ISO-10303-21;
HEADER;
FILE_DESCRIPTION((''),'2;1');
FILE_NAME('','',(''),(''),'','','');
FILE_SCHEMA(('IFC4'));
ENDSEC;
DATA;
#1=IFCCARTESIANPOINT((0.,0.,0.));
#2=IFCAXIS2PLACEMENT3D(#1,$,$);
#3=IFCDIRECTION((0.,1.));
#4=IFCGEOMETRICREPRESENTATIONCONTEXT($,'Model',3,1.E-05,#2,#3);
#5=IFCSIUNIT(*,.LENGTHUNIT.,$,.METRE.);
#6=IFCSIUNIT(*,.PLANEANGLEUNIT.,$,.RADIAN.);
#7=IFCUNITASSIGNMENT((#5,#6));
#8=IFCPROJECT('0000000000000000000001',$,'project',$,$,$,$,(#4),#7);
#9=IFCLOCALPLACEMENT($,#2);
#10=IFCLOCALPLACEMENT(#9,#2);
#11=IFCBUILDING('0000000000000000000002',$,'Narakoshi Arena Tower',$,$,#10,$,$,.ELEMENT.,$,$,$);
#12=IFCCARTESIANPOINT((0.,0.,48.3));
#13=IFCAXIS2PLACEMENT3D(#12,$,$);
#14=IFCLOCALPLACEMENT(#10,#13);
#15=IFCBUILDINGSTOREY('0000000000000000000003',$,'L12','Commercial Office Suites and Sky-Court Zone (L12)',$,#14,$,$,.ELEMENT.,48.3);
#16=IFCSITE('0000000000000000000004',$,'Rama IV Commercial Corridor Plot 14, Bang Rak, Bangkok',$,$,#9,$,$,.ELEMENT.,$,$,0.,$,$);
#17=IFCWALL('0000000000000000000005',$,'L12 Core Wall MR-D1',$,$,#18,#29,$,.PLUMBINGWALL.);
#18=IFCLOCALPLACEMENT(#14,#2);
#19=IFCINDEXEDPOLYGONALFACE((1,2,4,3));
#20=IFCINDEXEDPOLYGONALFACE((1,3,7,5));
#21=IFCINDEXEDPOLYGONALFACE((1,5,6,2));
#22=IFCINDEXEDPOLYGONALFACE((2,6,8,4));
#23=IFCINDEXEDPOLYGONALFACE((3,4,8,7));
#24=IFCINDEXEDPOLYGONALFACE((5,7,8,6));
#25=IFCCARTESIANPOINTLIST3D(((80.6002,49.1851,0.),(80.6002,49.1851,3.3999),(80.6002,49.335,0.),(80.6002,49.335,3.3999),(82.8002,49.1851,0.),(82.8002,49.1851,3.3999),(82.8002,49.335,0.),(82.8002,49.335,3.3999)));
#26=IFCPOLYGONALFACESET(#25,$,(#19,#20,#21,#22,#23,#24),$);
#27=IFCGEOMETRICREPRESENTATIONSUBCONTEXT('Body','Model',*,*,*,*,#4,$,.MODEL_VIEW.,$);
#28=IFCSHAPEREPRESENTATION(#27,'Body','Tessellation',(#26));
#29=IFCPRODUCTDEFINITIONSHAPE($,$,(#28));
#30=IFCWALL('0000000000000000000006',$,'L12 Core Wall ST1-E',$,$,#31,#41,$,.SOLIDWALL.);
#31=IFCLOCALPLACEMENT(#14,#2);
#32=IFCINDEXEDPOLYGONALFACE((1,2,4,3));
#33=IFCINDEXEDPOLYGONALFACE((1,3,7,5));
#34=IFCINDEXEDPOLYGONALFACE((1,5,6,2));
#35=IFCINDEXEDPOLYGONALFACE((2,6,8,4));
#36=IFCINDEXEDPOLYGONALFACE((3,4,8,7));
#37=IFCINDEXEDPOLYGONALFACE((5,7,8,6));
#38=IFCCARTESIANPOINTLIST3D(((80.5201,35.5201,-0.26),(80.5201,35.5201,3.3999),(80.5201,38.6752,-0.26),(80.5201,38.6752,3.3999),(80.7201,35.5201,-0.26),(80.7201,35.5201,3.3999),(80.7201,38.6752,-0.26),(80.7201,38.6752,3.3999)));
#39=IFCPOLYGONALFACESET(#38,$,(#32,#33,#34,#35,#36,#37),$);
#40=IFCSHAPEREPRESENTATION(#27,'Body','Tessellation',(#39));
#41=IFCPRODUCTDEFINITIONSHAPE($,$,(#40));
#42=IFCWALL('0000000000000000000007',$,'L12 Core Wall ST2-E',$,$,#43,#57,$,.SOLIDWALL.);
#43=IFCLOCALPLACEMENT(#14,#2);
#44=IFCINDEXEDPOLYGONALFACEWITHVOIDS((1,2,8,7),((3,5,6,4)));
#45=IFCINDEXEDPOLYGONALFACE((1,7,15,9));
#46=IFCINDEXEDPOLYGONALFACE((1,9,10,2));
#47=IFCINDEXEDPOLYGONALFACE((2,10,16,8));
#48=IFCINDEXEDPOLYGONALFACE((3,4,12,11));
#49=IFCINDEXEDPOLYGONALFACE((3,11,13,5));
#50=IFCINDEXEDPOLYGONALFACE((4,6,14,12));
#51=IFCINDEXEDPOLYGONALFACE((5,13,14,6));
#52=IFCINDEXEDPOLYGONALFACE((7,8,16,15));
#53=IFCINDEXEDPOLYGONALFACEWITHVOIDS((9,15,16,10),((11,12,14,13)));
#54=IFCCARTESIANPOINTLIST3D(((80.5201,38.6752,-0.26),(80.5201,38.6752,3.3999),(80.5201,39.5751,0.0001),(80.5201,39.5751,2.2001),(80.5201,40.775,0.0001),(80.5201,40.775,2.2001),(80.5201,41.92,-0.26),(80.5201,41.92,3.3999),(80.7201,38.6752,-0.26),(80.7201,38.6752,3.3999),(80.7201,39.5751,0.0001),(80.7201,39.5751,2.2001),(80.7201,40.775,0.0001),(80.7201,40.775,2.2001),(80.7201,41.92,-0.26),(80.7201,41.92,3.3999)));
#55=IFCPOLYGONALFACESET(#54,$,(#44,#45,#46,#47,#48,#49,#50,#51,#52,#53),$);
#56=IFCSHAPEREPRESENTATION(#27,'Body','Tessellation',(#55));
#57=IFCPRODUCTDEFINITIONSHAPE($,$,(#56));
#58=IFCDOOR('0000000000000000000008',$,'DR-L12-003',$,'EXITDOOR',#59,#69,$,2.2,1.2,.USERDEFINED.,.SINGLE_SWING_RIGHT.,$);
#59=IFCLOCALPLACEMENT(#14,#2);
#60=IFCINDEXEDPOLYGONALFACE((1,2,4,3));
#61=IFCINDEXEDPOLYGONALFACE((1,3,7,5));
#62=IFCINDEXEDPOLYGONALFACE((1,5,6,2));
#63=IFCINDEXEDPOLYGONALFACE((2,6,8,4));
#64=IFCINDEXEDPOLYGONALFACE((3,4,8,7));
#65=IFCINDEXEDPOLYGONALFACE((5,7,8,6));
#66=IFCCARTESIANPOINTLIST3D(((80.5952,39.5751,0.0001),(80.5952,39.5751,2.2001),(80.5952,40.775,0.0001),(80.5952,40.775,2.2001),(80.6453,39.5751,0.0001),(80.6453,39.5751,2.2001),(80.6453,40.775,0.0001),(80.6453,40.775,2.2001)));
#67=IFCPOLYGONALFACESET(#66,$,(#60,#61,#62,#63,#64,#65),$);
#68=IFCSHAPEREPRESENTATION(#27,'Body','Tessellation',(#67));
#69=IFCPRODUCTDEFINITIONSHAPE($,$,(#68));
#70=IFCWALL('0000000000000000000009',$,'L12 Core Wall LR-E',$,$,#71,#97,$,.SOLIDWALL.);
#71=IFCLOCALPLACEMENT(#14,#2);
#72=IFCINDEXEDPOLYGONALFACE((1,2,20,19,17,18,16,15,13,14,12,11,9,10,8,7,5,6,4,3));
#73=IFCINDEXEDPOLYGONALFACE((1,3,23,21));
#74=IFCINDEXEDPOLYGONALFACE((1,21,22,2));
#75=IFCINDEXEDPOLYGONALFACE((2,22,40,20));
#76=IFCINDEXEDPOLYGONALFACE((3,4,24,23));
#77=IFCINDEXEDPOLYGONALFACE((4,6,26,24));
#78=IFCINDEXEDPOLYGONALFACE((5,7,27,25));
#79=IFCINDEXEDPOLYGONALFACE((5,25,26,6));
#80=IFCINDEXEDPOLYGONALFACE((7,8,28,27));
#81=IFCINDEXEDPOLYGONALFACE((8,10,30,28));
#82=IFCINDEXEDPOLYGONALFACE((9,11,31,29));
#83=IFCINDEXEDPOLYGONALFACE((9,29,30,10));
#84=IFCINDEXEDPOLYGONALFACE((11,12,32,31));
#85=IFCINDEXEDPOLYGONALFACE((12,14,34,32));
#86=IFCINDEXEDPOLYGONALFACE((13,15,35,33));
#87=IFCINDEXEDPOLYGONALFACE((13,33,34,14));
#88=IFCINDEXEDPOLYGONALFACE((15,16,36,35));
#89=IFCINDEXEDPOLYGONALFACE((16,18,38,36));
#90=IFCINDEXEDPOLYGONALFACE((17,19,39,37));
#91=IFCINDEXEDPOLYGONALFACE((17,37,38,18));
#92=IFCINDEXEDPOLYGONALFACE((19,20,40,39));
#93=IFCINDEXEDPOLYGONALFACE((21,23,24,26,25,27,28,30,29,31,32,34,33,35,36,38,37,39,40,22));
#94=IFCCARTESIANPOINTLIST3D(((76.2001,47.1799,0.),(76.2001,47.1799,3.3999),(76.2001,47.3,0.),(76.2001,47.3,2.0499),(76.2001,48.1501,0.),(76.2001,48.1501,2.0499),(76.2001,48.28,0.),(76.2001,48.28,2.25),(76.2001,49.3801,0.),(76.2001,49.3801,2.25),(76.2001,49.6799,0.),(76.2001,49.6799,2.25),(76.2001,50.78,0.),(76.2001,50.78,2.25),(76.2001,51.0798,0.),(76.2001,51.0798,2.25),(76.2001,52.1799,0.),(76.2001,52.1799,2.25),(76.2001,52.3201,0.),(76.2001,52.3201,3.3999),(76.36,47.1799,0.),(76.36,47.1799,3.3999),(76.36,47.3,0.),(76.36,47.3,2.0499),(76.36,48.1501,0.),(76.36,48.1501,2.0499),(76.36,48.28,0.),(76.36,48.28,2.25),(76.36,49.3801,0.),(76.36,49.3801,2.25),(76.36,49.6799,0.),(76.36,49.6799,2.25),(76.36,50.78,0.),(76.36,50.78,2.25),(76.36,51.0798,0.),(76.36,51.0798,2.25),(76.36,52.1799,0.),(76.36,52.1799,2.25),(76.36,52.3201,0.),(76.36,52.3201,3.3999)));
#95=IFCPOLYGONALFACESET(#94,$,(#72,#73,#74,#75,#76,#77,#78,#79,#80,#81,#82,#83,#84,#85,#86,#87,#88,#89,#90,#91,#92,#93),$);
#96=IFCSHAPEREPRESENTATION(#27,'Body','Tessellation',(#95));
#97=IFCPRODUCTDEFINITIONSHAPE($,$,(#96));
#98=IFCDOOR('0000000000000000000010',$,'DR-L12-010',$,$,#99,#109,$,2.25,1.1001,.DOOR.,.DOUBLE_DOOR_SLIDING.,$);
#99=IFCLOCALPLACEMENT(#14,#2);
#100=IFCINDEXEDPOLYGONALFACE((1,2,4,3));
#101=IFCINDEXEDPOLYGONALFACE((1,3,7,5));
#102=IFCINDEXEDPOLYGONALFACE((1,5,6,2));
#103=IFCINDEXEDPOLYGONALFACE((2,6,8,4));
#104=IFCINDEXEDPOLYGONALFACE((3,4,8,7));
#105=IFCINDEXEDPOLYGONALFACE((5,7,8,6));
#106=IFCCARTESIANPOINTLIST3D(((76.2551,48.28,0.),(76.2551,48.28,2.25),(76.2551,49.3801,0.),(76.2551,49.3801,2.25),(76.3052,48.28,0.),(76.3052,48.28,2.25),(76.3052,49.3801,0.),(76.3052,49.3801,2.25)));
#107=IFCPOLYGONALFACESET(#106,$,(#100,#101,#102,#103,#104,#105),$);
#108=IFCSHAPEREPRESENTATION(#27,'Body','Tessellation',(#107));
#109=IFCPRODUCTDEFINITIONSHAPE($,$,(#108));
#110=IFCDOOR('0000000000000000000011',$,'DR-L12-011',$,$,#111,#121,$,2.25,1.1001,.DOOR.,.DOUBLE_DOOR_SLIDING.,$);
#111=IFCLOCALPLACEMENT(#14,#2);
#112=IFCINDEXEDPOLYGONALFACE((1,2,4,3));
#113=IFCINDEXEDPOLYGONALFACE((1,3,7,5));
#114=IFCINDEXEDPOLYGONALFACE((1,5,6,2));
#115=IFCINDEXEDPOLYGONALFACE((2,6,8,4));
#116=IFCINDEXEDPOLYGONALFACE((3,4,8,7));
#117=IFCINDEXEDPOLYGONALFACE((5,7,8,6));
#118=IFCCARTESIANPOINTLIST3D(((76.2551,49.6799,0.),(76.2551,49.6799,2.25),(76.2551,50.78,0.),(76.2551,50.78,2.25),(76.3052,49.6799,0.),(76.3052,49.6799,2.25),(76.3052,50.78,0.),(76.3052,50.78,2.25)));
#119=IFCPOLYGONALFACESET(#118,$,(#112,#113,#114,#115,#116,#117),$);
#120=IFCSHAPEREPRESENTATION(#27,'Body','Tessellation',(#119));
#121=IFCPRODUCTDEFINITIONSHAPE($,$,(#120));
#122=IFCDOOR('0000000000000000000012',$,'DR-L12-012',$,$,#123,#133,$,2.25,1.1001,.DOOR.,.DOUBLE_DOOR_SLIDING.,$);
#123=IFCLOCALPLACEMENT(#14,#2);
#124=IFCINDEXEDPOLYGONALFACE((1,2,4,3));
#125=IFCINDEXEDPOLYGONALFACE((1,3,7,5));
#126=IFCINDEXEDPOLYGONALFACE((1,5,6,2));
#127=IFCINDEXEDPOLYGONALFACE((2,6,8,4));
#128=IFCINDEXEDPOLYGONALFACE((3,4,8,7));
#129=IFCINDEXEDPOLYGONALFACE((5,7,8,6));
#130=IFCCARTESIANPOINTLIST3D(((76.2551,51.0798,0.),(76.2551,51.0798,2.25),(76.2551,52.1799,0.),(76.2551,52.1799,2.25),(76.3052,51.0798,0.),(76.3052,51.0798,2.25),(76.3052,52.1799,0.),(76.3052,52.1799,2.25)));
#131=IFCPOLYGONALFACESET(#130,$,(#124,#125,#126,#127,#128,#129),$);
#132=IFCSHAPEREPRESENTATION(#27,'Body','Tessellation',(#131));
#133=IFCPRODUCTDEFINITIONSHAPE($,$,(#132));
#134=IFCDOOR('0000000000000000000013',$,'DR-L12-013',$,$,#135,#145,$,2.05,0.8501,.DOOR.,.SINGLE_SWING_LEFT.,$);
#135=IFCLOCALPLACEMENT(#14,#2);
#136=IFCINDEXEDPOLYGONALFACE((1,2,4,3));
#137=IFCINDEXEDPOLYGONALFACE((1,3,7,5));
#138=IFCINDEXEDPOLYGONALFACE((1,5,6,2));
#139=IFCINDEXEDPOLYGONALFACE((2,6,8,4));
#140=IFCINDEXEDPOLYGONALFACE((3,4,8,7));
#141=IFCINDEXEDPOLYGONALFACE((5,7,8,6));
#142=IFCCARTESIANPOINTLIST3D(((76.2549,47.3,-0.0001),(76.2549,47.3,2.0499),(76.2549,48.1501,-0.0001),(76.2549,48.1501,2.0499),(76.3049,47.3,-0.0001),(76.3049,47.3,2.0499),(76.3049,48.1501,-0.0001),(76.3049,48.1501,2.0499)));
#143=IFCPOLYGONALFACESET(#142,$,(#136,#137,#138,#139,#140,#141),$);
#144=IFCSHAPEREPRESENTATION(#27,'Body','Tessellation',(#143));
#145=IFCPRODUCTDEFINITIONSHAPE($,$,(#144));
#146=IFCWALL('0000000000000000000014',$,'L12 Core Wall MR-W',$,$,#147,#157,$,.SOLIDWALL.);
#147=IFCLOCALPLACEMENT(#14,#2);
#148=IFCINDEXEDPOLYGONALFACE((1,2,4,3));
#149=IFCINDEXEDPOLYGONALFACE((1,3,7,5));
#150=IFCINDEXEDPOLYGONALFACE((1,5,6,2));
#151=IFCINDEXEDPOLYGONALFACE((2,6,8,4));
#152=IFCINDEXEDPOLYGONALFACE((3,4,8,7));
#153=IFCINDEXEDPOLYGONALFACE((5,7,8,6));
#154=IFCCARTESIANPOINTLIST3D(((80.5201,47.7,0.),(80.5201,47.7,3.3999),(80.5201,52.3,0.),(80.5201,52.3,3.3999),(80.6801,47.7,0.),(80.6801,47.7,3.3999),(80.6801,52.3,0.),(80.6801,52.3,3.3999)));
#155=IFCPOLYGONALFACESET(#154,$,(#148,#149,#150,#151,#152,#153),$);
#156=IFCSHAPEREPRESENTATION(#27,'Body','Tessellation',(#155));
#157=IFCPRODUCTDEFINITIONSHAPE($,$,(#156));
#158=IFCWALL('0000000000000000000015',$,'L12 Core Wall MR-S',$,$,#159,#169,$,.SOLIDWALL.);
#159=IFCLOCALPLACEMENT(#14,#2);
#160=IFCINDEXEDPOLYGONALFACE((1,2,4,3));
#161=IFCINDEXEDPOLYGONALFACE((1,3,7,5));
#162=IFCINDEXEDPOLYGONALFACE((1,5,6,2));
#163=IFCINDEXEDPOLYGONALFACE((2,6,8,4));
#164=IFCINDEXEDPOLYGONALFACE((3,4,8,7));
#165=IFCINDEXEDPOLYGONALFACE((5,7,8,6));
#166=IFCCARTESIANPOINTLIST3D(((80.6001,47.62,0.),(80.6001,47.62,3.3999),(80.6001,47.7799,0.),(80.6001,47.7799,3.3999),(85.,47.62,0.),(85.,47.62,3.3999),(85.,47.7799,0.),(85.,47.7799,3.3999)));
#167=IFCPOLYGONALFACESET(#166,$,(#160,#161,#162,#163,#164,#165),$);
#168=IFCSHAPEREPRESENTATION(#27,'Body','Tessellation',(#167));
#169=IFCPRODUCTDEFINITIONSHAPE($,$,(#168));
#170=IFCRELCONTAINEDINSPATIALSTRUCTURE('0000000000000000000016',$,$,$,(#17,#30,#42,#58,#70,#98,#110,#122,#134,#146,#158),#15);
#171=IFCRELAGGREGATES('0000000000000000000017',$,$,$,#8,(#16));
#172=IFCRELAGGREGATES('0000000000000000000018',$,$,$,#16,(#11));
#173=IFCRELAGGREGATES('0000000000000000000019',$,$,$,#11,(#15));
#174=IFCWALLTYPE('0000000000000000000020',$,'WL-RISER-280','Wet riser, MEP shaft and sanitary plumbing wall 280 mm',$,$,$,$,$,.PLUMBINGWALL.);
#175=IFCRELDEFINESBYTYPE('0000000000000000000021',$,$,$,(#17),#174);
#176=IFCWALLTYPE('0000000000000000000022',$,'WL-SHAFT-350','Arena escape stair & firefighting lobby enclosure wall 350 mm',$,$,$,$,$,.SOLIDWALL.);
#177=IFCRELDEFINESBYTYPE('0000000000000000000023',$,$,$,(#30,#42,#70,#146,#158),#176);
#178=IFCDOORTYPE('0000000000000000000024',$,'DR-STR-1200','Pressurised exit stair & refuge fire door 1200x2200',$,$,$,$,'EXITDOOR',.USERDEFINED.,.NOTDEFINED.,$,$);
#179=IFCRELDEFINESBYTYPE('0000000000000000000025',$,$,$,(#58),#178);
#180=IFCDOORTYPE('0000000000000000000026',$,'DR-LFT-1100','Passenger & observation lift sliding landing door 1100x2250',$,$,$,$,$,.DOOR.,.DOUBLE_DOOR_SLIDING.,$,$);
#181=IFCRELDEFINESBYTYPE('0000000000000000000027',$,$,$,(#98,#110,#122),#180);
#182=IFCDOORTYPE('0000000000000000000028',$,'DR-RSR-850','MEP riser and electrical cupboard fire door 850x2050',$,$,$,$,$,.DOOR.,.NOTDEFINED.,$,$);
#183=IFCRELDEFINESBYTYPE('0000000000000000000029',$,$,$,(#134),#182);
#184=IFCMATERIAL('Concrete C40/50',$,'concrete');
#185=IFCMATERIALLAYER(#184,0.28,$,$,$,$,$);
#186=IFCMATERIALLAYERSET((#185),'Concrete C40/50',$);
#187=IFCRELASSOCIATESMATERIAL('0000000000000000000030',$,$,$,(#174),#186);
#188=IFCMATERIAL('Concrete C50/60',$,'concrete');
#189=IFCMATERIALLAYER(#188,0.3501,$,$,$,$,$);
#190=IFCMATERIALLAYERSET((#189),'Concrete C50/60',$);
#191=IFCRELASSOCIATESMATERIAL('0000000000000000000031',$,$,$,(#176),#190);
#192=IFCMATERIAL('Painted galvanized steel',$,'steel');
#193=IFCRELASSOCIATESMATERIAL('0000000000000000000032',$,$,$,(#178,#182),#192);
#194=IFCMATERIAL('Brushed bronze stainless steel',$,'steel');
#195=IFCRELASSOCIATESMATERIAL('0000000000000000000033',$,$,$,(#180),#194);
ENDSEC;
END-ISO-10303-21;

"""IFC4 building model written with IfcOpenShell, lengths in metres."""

from ifc_helpers import new_model, si_unit, direction, frame, frame_2d, origin, place, context, subcontext, project, spatial, rectangle, extrude, material, layer, layer_set, type_object, element, fill, save


model = new_model("IFC4")

# Units and contexts
model_context = context("Model", 3, precision=1e-05, world=origin(), true_north=direction((0.0, 1.0)))
body_context = subcontext(model_context, "Body", "Model", "MODEL_VIEW")
ifc_project = project(units=[si_unit("LENGTHUNIT", "METRE"), si_unit("PLANEANGLEUNIT", "RADIAN")], contexts=[model_context])

# Site, building, storey
site_placement = place(None, origin())
site = spatial("IfcSite", under=ifc_project, at=site_placement, Name="Rama IV Commercial Corridor Plot 14, Bang Rak, Bangkok", CompositionType="ELEMENT", RefElevation=0.0)
building_placement = place(site_placement, origin())
building = spatial("IfcBuilding", under=site, at=building_placement, Name="Narakoshi Arena Tower", CompositionType="ELEMENT")
storey_placement = place(building_placement, frame((0.0, 0.0, 48.3)))
storey = spatial("IfcBuildingStorey", under=building, at=storey_placement, Name="L12", Description="Commercial Office Suites and Sky-Court Zone (L12)", CompositionType="ELEMENT", Elevation=48.3)

# Walls
ifc_material_1 = material(Name="Concrete C40/50", Category="concrete")
ifc_layer_1 = layer(ifc_material_1, 0.28)
ifc_layer_set_1 = layer_set([ifc_layer_1], Name="Concrete C40/50")
wall_type_1 = type_object("IfcWallType", Name="WL-RISER-280", Description="Wet riser, MEP shaft and sanitary plumbing wall 280 mm", PredefinedType="PLUMBINGWALL", material=ifc_layer_set_1)
wall_1_placement = place(storey_placement, frame((80.6001, 49.26, 0.0), z_axis=(0.0, 0.0, 1.0), x_axis=(1.0, 0.0, 0.0)))
element("IfcWall", 1, at=wall_1_placement, inside=storey, type_object=wall_type_1, Name="L12 Core Wall MR-D1", PredefinedType="PLUMBINGWALL", context=body_context, shape_type="SweptSolid", body=[
    extrude(rectangle(XDim=2.2, YDim=0.1499, at=frame_2d((1.1001, 0.0))), origin(), (0.0, 0.0, 1.0), 3.3999),
])
ifc_material_2 = material(Name="Concrete C50/60", Category="concrete")
ifc_layer_2 = layer(ifc_material_2, 0.3501)
ifc_layer_set_2 = layer_set([ifc_layer_2], Name="Concrete C50/60")
wall_type_2 = type_object("IfcWallType", Name="WL-SHAFT-350", Description="Arena escape stair & firefighting lobby enclosure wall 350 mm", PredefinedType="SOLIDWALL", material=ifc_layer_set_2)
wall_2_placement = place(storey_placement, frame((80.6201, 35.52, -0.26), z_axis=(0.0, 0.0, 1.0), x_axis=(0.0, 1.0, 0.0)))
element("IfcWall", 2, at=wall_2_placement, inside=storey, type_object=wall_type_2, Name="L12 Core Wall ST1-E", PredefinedType="SOLIDWALL", context=body_context, shape_type="SweptSolid", body=[
    extrude(rectangle(XDim=3.155, YDim=0.2, at=frame_2d((1.5776, 0.0))), origin(), (0.0, 0.0, 1.0), 3.6599),
])

# Wall, opening, door
wall_3_placement = place(storey_placement, frame((80.6201, 38.675, -0.26), z_axis=(0.0, 0.0, 1.0), x_axis=(0.0, 1.0, 0.0)))
wall_3 = element("IfcWall", 3, at=wall_3_placement, inside=storey, type_object=wall_type_2, Name="L12 Core Wall ST2-E", PredefinedType="SOLIDWALL", context=body_context, shape_type="SweptSolid", body=[
    extrude(rectangle(XDim=3.2449, YDim=0.2, at=frame_2d((1.6226, 0.0))), origin(), (0.0, 0.0, 1.0), 3.6599),
])
opening_1_placement = place(wall_3_placement, frame((0.8999, 0.0, 0.26)))
opening_1 = element("IfcOpeningElement", 4, at=opening_1_placement, cuts=wall_3, PredefinedType="OPENING", context=body_context, shape_type="SweptSolid", body=[
    extrude(rectangle(XDim=1.2, YDim=2.2, at=frame_2d((0.6001, 1.1001))), frame((0.0, 0.1099, 0.0), z_axis=(0.0, -1.0, 0.0), x_axis=(1.0, 0.0, 0.0)), (0.0, 0.0, 1.0), 0.22),
])
ifc_material_3 = material(Name="Painted galvanized steel", Category="steel")
door_type_1 = type_object("IfcDoorType", Name="DR-STR-1200", Description="Pressurised exit stair & refuge fire door 1200x2200", ElementType="EXITDOOR", OperationType="NOTDEFINED", PredefinedType="USERDEFINED", material=ifc_material_3)
door_1_placement = place(opening_1_placement, origin())
door_1 = element("IfcDoor", 5, at=door_1_placement, inside=storey, type_object=door_type_1, Name="DR-L12-003", ObjectType="EXITDOOR", OperationType="SINGLE_SWING_RIGHT", OverallHeight=2.2, OverallWidth=1.2, PredefinedType="USERDEFINED", context=body_context, shape_type="SweptSolid", body=[
    extrude(rectangle(XDim=1.2, YDim=2.2, at=frame_2d((0.6001, 1.1001))), frame((0.0, 0.0249, 0.0), z_axis=(0.0, -1.0, 0.0), x_axis=(1.0, 0.0, 0.0)), (0.0, 0.0, 1.0), 0.05),
])
fill(opening_1, door_1)

# Wall, openings, doors
wall_4_placement = place(storey_placement, frame((76.28, 47.1799, 0.0), z_axis=(0.0, 0.0, 1.0), x_axis=(0.0, 1.0, 0.0)))
wall_4 = element("IfcWall", 6, at=wall_4_placement, inside=storey, type_object=wall_type_2, Name="L12 Core Wall LR-E", PredefinedType="SOLIDWALL", context=body_context, shape_type="SweptSolid", body=[
    extrude(rectangle(XDim=5.1401, YDim=0.1599, at=frame_2d((2.5701, 0.0))), origin(), (0.0, 0.0, 1.0), 3.3999),
])
opening_2_placement = place(wall_4_placement, frame((1.1001, 0.0, 0.0)))
opening_2 = element("IfcOpeningElement", 7, at=opening_2_placement, cuts=wall_4, PredefinedType="OPENING", context=body_context, shape_type="SweptSolid", body=[
    extrude(rectangle(XDim=1.1001, YDim=2.25, at=frame_2d((0.55, 1.125))), frame((0.0, 0.0898, 0.0), z_axis=(0.0, -1.0, 0.0), x_axis=(1.0, 0.0, 0.0)), (0.0, 0.0, 1.0), 0.1799),
])
opening_3_placement = place(wall_4_placement, frame((2.5, 0.0, 0.0)))
opening_3 = element("IfcOpeningElement", 8, at=opening_3_placement, cuts=wall_4, PredefinedType="OPENING", context=body_context, shape_type="SweptSolid", body=[
    extrude(rectangle(XDim=1.1001, YDim=2.25, at=frame_2d((0.55, 1.125))), frame((0.0, 0.0898, 0.0), z_axis=(0.0, -1.0, 0.0), x_axis=(1.0, 0.0, 0.0)), (0.0, 0.0, 1.0), 0.1799),
])
opening_4_placement = place(wall_4_placement, frame((3.8999, 0.0, 0.0)))
opening_4 = element("IfcOpeningElement", 9, at=opening_4_placement, cuts=wall_4, PredefinedType="OPENING", context=body_context, shape_type="SweptSolid", body=[
    extrude(rectangle(XDim=1.1001, YDim=2.25, at=frame_2d((0.55, 1.125))), frame((0.0, 0.0898, 0.0), z_axis=(0.0, -1.0, 0.0), x_axis=(1.0, 0.0, 0.0)), (0.0, 0.0, 1.0), 0.1799),
])
opening_5_placement = place(wall_4_placement, frame((0.1201, 0.0, 0.0)))
opening_5 = element("IfcOpeningElement", 10, at=opening_5_placement, cuts=wall_4, PredefinedType="OPENING", context=body_context, shape_type="SweptSolid", body=[
    extrude(rectangle(XDim=0.8501, YDim=2.05, at=frame_2d((0.425, 1.0249))), frame((0.0, 0.0898, 0.0), z_axis=(0.0, -1.0, 0.0), x_axis=(1.0, 0.0, 0.0)), (0.0, 0.0, 1.0), 0.1799),
])
ifc_material_4 = material(Name="Brushed bronze stainless steel", Category="steel")
door_type_2 = type_object("IfcDoorType", Name="DR-LFT-1100", Description="Passenger & observation lift sliding landing door 1100x2250", OperationType="DOUBLE_DOOR_SLIDING", PredefinedType="DOOR", material=ifc_material_4)
door_2_placement = place(opening_2_placement, origin())
door_2 = element("IfcDoor", 11, at=door_2_placement, inside=storey, type_object=door_type_2, Name="DR-L12-010", OperationType="DOUBLE_DOOR_SLIDING", OverallHeight=2.25, OverallWidth=1.1001, PredefinedType="DOOR", context=body_context, shape_type="SweptSolid", body=[
    extrude(rectangle(XDim=1.1001, YDim=2.25, at=frame_2d((0.55, 1.125))), frame((0.0, 0.0249, 0.0), z_axis=(0.0, -1.0, 0.0), x_axis=(1.0, 0.0, 0.0)), (0.0, 0.0, 1.0), 0.05),
])
fill(opening_2, door_2)
door_3_placement = place(opening_3_placement, origin())
door_3 = element("IfcDoor", 12, at=door_3_placement, inside=storey, type_object=door_type_2, Name="DR-L12-011", OperationType="DOUBLE_DOOR_SLIDING", OverallHeight=2.25, OverallWidth=1.1001, PredefinedType="DOOR", context=body_context, shape_type="SweptSolid", body=[
    extrude(rectangle(XDim=1.1001, YDim=2.25, at=frame_2d((0.55, 1.125))), frame((0.0, 0.0249, 0.0), z_axis=(0.0, -1.0, 0.0), x_axis=(1.0, 0.0, 0.0)), (0.0, 0.0, 1.0), 0.05),
])
fill(opening_3, door_3)
door_4_placement = place(opening_4_placement, origin())
door_4 = element("IfcDoor", 13, at=door_4_placement, inside=storey, type_object=door_type_2, Name="DR-L12-012", OperationType="DOUBLE_DOOR_SLIDING", OverallHeight=2.25, OverallWidth=1.1001, PredefinedType="DOOR", context=body_context, shape_type="SweptSolid", body=[
    extrude(rectangle(XDim=1.1001, YDim=2.25, at=frame_2d((0.55, 1.125))), frame((0.0, 0.0249, 0.0), z_axis=(0.0, -1.0, 0.0), x_axis=(1.0, 0.0, 0.0)), (0.0, 0.0, 1.0), 0.05),
])
fill(opening_4, door_4)
door_type_3 = type_object("IfcDoorType", Name="DR-RSR-850", Description="MEP riser and electrical cupboard fire door 850x2050", OperationType="NOTDEFINED", PredefinedType="DOOR", material=ifc_material_3)
door_5_placement = place(opening_5_placement, frame((0.8501, 0.0, 0.0), z_axis=(0.0, 0.0, 1.0), x_axis=(-1.0, 0.0, 0.0)))
door_5 = element("IfcDoor", 14, at=door_5_placement, inside=storey, type_object=door_type_3, Name="DR-L12-013", OperationType="SINGLE_SWING_LEFT", OverallHeight=2.05, OverallWidth=0.8501, PredefinedType="DOOR", context=body_context, shape_type="SweptSolid", body=[
    extrude(rectangle(XDim=0.8501, YDim=2.05, at=frame_2d((0.425, 1.0249))), frame((0.0, 0.0249, 0.0), z_axis=(0.0, -1.0, 0.0), x_axis=(1.0, 0.0, 0.0)), (0.0, 0.0, 1.0), 0.05),
])
fill(opening_5, door_5)

# Walls
wall_5_placement = place(storey_placement, frame((80.6001, 47.7, 0.0), z_axis=(0.0, 0.0, 1.0), x_axis=(0.0, 1.0, 0.0)))
element("IfcWall", 15, at=wall_5_placement, inside=storey, type_object=wall_type_2, Name="L12 Core Wall MR-W", PredefinedType="SOLIDWALL", context=body_context, shape_type="SweptSolid", body=[
    extrude(rectangle(XDim=4.6001, YDim=0.1599, at=frame_2d((2.3, 0.0))), origin(), (0.0, 0.0, 1.0), 3.3999),
])
wall_6_placement = place(storey_placement, frame((80.6001, 47.7, 0.0), z_axis=(0.0, 0.0, 1.0), x_axis=(1.0, 0.0, 0.0)))
element("IfcWall", 16, at=wall_6_placement, inside=storey, type_object=wall_type_2, Name="L12 Core Wall MR-S", PredefinedType="SOLIDWALL", context=body_context, shape_type="SweptSolid", body=[
    extrude(rectangle(XDim=4.3999, YDim=0.1599, at=frame_2d((2.2, 0.0))), origin(), (0.0, 0.0, 1.0), 3.3999),
])

save(model, "model.ifc")
